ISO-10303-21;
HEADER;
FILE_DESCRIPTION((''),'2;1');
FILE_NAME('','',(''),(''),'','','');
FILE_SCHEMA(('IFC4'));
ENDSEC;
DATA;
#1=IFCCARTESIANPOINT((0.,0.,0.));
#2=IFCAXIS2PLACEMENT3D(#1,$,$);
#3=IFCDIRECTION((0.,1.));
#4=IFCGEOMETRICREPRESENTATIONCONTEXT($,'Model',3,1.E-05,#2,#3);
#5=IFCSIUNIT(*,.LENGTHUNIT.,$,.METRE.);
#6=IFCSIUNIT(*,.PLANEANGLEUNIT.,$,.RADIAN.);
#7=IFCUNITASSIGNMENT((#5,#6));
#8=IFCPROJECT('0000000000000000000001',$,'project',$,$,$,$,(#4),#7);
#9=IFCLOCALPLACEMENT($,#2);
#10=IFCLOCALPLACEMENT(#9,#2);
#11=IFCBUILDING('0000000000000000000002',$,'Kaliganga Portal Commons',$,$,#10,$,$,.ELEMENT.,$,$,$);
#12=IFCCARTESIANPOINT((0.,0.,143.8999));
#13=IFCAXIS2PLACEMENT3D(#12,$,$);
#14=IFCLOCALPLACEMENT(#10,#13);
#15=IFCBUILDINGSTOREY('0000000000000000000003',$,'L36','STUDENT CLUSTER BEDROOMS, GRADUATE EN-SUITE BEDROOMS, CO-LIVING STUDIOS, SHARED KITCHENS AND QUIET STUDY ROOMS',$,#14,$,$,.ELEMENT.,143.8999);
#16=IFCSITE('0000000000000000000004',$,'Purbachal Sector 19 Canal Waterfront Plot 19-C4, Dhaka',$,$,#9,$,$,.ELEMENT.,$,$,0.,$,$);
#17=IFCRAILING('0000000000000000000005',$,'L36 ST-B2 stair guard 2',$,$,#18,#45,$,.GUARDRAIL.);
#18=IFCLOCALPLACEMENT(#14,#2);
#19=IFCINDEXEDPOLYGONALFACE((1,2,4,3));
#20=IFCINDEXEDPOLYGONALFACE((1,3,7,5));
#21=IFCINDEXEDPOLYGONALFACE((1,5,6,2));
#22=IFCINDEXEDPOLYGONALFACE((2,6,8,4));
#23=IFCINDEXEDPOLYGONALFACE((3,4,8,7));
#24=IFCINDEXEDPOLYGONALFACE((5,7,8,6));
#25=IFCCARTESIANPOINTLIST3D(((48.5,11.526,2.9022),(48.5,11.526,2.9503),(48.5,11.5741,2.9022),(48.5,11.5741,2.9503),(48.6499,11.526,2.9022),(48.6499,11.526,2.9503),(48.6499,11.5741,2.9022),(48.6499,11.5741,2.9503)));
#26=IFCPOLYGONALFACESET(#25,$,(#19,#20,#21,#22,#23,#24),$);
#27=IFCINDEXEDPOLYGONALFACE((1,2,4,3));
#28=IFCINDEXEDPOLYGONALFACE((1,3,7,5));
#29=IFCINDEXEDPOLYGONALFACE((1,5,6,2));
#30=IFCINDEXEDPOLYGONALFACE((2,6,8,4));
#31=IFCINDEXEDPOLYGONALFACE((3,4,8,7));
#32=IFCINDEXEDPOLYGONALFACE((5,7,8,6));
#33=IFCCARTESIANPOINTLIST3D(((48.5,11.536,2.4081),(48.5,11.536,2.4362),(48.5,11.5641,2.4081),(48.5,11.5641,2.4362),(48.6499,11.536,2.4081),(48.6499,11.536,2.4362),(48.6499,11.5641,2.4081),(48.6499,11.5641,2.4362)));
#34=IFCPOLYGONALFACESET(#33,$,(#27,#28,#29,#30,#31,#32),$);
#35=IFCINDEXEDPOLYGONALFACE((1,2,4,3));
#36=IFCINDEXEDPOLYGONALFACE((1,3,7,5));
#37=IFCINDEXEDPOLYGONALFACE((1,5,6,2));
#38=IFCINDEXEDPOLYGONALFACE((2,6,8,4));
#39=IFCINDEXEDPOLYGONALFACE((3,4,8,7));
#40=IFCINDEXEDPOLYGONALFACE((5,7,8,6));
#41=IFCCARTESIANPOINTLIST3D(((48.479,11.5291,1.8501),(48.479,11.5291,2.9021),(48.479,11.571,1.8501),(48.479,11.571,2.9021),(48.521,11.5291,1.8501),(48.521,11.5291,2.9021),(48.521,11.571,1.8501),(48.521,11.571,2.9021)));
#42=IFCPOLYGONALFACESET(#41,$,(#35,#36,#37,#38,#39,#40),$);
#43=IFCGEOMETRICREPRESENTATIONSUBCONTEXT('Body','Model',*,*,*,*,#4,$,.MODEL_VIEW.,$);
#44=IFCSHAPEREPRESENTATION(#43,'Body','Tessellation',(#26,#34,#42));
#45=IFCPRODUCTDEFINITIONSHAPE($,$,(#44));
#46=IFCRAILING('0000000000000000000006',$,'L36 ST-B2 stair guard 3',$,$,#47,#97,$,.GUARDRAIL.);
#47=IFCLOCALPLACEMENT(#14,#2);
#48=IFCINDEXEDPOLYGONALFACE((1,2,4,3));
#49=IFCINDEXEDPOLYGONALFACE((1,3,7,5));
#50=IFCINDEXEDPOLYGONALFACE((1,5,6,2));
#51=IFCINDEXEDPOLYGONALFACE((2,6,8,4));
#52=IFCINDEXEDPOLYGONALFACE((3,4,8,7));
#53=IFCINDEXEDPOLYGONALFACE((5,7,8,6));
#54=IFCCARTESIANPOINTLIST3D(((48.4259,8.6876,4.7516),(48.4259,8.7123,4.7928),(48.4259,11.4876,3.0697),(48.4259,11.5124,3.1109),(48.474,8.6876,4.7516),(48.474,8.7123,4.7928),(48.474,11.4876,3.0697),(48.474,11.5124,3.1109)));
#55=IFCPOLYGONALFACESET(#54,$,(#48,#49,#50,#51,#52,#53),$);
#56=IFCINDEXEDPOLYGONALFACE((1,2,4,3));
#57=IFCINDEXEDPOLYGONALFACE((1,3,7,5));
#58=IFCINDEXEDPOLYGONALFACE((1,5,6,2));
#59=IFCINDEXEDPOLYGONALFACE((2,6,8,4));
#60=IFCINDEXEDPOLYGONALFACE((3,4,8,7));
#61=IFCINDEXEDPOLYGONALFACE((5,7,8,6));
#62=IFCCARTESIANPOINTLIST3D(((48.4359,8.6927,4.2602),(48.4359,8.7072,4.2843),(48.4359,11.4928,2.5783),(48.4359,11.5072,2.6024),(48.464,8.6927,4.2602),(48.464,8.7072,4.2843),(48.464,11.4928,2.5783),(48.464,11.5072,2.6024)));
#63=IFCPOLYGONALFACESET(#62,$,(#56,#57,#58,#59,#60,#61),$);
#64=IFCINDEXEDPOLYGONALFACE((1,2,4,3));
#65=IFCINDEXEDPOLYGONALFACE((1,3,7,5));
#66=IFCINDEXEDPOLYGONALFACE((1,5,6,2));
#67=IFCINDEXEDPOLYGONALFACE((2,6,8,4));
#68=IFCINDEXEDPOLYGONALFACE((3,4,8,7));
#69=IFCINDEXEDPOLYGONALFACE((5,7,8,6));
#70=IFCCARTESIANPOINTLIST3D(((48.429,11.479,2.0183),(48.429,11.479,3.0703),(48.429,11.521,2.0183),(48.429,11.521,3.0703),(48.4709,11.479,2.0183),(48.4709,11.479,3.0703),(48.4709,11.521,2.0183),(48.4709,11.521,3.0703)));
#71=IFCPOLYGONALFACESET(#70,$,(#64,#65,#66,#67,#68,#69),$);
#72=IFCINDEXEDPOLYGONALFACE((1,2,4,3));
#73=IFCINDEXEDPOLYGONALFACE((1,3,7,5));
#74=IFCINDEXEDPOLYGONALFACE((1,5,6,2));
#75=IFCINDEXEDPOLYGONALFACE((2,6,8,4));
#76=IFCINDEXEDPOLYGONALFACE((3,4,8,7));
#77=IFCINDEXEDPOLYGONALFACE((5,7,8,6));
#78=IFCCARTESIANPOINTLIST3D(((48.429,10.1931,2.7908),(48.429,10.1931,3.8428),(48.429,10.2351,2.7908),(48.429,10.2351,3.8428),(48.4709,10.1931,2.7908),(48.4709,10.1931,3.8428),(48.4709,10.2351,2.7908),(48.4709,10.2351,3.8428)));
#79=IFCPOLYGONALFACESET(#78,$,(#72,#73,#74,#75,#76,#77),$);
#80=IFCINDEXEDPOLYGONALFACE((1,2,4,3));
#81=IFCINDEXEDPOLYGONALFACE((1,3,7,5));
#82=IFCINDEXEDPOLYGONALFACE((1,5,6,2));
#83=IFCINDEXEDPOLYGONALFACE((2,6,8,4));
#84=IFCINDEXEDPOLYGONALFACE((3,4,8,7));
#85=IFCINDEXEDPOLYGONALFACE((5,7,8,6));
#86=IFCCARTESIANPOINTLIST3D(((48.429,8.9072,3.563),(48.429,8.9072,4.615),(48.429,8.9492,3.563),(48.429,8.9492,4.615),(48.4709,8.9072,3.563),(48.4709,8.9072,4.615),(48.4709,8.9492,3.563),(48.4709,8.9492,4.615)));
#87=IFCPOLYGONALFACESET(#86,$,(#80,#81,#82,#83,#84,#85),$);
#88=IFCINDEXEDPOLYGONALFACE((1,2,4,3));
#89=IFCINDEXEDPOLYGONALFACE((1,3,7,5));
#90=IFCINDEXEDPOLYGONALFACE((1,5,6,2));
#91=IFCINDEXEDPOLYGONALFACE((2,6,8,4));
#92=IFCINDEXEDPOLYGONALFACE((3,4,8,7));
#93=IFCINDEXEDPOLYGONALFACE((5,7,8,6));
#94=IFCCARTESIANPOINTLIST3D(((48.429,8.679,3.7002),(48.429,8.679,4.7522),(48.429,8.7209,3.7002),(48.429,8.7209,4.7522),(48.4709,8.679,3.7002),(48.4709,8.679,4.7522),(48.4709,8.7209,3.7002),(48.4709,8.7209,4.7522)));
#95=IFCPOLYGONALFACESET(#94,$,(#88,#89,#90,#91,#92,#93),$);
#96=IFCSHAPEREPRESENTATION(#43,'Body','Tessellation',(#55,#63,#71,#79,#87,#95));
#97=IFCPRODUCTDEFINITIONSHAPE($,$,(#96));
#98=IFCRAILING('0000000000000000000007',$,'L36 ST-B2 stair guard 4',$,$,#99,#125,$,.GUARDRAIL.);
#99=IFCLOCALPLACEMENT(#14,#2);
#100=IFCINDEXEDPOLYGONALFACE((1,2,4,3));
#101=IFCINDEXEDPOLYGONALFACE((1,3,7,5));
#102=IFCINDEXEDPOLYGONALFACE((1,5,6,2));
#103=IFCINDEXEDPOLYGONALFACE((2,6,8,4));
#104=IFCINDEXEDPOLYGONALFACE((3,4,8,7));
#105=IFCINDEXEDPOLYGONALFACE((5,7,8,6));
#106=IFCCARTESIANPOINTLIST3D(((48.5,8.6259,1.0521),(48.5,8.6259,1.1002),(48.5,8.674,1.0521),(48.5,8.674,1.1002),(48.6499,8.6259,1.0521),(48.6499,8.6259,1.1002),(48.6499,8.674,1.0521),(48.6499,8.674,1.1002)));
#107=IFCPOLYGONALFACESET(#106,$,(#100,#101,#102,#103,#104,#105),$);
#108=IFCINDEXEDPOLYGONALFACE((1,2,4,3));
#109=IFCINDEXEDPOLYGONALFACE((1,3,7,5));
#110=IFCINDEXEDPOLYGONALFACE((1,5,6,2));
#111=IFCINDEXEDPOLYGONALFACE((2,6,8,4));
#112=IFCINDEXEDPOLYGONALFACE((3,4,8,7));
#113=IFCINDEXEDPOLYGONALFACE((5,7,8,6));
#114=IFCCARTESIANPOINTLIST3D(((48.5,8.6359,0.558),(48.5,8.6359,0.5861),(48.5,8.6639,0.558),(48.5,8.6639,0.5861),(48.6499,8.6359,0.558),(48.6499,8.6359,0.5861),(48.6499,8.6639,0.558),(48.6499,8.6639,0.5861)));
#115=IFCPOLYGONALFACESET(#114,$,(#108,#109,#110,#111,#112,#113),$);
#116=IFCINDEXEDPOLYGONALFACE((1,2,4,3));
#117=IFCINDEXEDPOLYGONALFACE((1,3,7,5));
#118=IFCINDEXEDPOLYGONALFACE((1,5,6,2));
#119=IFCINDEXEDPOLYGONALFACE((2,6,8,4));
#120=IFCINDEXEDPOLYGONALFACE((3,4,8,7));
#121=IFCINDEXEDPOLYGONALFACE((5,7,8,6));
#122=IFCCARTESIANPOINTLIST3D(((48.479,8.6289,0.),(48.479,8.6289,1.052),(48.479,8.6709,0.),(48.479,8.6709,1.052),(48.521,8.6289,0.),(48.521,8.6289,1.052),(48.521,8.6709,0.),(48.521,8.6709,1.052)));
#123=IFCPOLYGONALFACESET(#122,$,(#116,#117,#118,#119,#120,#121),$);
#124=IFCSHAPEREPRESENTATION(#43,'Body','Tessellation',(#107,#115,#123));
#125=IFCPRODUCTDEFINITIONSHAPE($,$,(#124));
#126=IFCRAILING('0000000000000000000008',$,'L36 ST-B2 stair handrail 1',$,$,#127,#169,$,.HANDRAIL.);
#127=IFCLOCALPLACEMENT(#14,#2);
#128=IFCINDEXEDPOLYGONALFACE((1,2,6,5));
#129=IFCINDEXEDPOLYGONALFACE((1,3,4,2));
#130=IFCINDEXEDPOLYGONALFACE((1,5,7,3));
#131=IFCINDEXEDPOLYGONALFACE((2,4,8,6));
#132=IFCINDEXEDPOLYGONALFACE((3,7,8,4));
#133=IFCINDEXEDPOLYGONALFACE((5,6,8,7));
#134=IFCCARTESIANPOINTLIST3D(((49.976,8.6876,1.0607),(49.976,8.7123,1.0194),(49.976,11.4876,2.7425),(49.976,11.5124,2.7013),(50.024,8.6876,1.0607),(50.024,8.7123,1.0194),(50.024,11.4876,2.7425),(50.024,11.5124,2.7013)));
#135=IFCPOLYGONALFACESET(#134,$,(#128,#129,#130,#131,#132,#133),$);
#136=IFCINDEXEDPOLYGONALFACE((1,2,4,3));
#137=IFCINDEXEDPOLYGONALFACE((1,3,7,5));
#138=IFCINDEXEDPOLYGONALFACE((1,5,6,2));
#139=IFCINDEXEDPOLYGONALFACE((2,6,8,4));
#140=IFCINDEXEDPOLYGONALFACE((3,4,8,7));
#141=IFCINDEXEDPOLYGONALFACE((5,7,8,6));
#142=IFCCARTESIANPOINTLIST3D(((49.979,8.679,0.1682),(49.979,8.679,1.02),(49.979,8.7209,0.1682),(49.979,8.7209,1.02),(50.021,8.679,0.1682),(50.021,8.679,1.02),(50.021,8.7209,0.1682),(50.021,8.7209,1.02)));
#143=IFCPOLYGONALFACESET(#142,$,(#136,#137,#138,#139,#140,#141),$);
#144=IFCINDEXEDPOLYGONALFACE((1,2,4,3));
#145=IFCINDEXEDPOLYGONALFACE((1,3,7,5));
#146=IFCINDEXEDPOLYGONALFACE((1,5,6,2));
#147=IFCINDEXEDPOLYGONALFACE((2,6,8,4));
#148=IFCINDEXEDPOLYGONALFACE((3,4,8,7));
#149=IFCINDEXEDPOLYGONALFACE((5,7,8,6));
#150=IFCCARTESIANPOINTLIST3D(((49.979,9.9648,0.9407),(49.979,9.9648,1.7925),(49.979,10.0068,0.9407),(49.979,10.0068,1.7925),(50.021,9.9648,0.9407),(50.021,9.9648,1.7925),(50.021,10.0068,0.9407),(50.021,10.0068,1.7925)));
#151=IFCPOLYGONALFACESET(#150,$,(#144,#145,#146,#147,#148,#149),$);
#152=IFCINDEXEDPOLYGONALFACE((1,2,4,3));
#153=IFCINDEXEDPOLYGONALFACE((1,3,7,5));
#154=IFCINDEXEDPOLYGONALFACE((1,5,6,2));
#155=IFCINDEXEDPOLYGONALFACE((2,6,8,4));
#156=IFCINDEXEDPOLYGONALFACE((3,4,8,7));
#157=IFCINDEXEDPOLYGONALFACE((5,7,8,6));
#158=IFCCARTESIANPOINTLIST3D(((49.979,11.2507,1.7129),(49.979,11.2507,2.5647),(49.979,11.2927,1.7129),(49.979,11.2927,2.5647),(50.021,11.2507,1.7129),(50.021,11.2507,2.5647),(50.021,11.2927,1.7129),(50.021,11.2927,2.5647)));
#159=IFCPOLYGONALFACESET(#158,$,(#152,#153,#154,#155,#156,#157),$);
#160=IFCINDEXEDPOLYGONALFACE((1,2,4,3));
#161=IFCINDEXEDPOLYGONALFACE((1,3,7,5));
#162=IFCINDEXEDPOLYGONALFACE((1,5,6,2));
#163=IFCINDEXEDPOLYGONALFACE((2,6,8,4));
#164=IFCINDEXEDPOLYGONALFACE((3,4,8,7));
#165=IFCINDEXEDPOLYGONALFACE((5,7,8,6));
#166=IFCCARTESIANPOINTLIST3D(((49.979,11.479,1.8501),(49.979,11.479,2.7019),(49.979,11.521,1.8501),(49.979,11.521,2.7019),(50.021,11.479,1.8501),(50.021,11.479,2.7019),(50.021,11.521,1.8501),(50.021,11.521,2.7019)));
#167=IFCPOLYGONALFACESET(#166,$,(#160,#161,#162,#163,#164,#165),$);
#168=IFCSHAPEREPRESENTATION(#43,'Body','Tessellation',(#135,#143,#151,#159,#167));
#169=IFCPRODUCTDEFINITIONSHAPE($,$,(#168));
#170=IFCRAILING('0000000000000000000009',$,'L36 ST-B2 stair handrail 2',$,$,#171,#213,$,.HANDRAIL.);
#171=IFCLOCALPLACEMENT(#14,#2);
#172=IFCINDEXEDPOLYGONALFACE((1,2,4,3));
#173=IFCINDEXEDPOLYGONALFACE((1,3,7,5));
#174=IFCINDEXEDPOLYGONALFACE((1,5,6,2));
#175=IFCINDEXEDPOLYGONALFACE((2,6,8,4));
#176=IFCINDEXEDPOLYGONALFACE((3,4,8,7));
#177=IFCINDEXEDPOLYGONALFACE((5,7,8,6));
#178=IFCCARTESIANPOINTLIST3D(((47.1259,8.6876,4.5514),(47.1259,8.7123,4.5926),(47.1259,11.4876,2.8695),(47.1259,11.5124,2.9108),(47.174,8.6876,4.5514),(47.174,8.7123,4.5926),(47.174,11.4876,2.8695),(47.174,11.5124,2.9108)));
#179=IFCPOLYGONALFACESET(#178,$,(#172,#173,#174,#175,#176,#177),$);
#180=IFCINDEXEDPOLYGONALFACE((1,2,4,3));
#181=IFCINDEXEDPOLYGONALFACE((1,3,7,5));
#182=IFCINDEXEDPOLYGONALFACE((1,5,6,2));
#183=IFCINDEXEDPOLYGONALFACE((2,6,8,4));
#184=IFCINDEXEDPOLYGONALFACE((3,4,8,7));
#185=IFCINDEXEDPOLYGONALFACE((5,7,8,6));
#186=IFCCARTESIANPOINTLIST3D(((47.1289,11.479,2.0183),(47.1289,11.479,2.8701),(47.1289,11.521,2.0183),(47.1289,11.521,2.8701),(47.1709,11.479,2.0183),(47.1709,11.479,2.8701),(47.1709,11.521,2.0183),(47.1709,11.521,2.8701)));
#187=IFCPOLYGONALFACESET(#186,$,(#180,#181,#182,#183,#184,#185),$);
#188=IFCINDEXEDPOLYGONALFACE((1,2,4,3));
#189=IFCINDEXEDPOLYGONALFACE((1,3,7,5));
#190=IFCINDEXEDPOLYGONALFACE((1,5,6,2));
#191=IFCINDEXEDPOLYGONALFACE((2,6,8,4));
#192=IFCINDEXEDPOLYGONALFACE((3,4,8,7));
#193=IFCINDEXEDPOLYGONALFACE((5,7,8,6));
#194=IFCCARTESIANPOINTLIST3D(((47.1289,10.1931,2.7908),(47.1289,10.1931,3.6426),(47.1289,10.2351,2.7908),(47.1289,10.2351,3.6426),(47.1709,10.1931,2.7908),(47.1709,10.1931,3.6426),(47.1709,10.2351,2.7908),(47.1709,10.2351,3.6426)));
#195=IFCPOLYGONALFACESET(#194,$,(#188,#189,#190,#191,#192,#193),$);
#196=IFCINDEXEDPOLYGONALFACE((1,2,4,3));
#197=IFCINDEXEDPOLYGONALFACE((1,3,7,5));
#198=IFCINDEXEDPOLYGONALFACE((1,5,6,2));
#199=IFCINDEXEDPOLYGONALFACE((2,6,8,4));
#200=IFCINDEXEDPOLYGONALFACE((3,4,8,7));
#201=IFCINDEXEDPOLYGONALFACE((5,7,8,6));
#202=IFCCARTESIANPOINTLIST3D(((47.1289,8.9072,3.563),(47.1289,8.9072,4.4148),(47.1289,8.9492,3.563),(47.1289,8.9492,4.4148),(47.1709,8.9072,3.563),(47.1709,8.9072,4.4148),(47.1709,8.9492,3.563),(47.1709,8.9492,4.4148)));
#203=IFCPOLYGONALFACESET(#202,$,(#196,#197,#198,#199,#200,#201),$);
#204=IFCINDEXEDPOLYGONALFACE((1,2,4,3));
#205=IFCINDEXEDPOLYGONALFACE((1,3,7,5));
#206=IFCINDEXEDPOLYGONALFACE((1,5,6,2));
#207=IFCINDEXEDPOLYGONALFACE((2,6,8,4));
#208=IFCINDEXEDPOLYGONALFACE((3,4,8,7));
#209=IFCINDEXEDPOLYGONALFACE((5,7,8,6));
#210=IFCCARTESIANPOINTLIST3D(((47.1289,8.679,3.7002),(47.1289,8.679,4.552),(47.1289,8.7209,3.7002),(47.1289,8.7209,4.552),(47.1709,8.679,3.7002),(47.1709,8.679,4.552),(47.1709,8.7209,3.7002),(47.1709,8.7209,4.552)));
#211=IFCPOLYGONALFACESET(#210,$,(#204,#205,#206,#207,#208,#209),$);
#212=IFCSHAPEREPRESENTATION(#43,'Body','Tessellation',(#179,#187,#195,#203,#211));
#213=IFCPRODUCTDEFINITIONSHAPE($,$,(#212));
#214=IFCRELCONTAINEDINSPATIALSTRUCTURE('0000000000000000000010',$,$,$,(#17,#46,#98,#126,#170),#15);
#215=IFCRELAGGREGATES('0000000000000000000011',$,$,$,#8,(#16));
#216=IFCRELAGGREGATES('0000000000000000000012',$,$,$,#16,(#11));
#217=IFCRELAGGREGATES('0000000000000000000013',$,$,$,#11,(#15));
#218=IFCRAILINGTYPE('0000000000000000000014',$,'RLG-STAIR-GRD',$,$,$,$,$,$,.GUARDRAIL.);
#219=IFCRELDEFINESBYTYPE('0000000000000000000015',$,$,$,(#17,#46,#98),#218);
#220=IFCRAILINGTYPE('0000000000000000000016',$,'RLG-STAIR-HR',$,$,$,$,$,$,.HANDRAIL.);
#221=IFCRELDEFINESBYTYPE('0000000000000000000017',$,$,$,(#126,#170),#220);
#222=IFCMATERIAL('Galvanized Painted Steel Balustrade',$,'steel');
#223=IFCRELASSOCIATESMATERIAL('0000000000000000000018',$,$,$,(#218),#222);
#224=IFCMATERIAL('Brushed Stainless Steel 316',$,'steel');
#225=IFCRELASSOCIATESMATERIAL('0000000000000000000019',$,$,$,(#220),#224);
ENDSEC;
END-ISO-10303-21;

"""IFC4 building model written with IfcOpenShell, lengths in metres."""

from ifc_helpers import new_model, si_unit, direction, frame, origin, origin_2d, place, context, subcontext, project, spatial, rectangle, extrude, material, type_object, element, save


model = new_model("IFC4")

# Units and contexts
model_context = context("Model", 3, precision=1e-05, world=origin(), true_north=direction((0.0, 1.0)))
body_context = subcontext(model_context, "Body", "Model", "MODEL_VIEW")
ifc_project = project(units=[si_unit("LENGTHUNIT", "METRE"), si_unit("PLANEANGLEUNIT", "RADIAN")], contexts=[model_context])

# Site, building, storey
site_placement = place(None, origin())
site = spatial("IfcSite", under=ifc_project, at=site_placement, Name="Purbachal Sector 19 Canal Waterfront Plot 19-C4, Dhaka", CompositionType="ELEMENT", RefElevation=0.0)
building_placement = place(site_placement, origin())
building = spatial("IfcBuilding", under=site, at=building_placement, Name="Kaliganga Portal Commons", CompositionType="ELEMENT")
storey_placement = place(building_placement, frame((0.0, 0.0, 143.8999)))
storey = spatial("IfcBuildingStorey", under=building, at=storey_placement, Name="L36", Description="STUDENT CLUSTER BEDROOMS, GRADUATE EN-SUITE BEDROOMS, CO-LIVING STUDIOS, SHARED KITCHENS AND QUIET STUDY ROOMS", CompositionType="ELEMENT", Elevation=143.8999)

# Railings
ifc_material_1 = material(Name="Galvanized Painted Steel Balustrade", Category="steel")
railing_type_1 = type_object("IfcRailingType", Name="RLG-STAIR-GRD", PredefinedType="GUARDRAIL", material=ifc_material_1)
railing_1_placement = place(storey_placement, frame((48.6499, 11.55, 1.8501)))
element("IfcRailing", 1, at=railing_1_placement, inside=storey, type_object=railing_type_1, Name="L36 ST-B2 stair guard 2", PredefinedType="GUARDRAIL", context=body_context, shape_type="SweptSolid", body=[
    extrude(rectangle(XDim=0.0481, YDim=0.0481, at=origin_2d()), frame((0.0, 0.0, 1.0762), z_axis=(-1.0, 0.0, 0.0), x_axis=(0.0, -1.0, 0.0)), (0.0, 0.0, 1.0), 0.1499),
    extrude(rectangle(XDim=0.0281, YDim=0.0281, at=origin_2d()), frame((0.0, 0.0, 0.572), z_axis=(-1.0, 0.0, 0.0), x_axis=(0.0, -1.0, 0.0)), (0.0, 0.0, 1.0), 0.1499),
    extrude(rectangle(XDim=0.042, YDim=0.042, at=origin_2d()), frame((-0.1499, 0.0, 0.0)), (0.0, 0.0, 1.0), 1.052),
])
railing_2_placement = place(storey_placement, frame((48.45, 11.5, 2.0183)))
element("IfcRailing", 2, at=railing_2_placement, inside=storey, type_object=railing_type_1, Name="L36 ST-B2 stair guard 3", PredefinedType="GUARDRAIL", context=body_context, shape_type="SweptSolid", body=[
    extrude(rectangle(XDim=0.0481, YDim=0.0481, at=origin_2d()), frame((0.0, 0.0, 1.072), z_axis=(0.0, -0.857242, 0.514913), x_axis=(1.0, 0.0, 0.0)), (0.0, 0.0, 1.0), 3.2664),
    extrude(rectangle(XDim=0.0281, YDim=0.0281, at=origin_2d()), frame((0.0, 0.0, 0.572), z_axis=(0.0, -0.857242, 0.514913), x_axis=(1.0, 0.0, 0.0)), (0.0, 0.0, 1.0), 3.2664),
    extrude(rectangle(XDim=0.042, YDim=0.042, at=origin_2d()), origin(), (0.0, 0.0, 1.0), 1.052),
    extrude(rectangle(XDim=0.042, YDim=0.042, at=origin_2d()), frame((0.0, -1.2859, 0.7725)), (0.0, 0.0, 1.0), 1.052),
    extrude(rectangle(XDim=0.042, YDim=0.042, at=origin_2d()), frame((0.0, -2.5718, 1.5447)), (0.0, 0.0, 1.0), 1.052),
    extrude(rectangle(XDim=0.042, YDim=0.042, at=origin_2d()), frame((0.0, -2.8, 1.6819)), (0.0, 0.0, 1.0), 1.052),
])
railing_3_placement = place(storey_placement, frame((48.6499, 8.6499, 0.0)))
element("IfcRailing", 3, at=railing_3_placement, inside=storey, type_object=railing_type_1, Name="L36 ST-B2 stair guard 4", PredefinedType="GUARDRAIL", context=body_context, shape_type="SweptSolid", body=[
    extrude(rectangle(XDim=0.0481, YDim=0.0481, at=origin_2d()), frame((0.0, 0.0, 1.0762), z_axis=(-1.0, 0.0, 0.0), x_axis=(0.0, -1.0, 0.0)), (0.0, 0.0, 1.0), 0.1499),
    extrude(rectangle(XDim=0.0281, YDim=0.0281, at=origin_2d()), frame((0.0, 0.0, 0.572), z_axis=(-1.0, 0.0, 0.0), x_axis=(0.0, -1.0, 0.0)), (0.0, 0.0, 1.0), 0.1499),
    extrude(rectangle(XDim=0.042, YDim=0.042, at=origin_2d()), frame((-0.1499, 0.0, 0.0)), (0.0, 0.0, 1.0), 1.052),
])
ifc_material_2 = material(Name="Brushed Stainless Steel 316", Category="steel")
railing_type_2 = type_object("IfcRailingType", Name="RLG-STAIR-HR", PredefinedType="HANDRAIL", material=ifc_material_2)
railing_4_placement = place(storey_placement, frame((50.0, 8.7, 0.1682)))
element("IfcRailing", 4, at=railing_4_placement, inside=storey, type_object=railing_type_2, Name="L36 ST-B2 stair handrail 1", PredefinedType="HANDRAIL", context=body_context, shape_type="SweptSolid", body=[
    extrude(rectangle(XDim=0.0481, YDim=0.0481, at=origin_2d()), frame((0.0, 0.0, 0.8718), z_axis=(0.0, 0.857242, 0.514913), x_axis=(-1.0, 0.0, 0.0)), (0.0, 0.0, 1.0), 3.2664),
    extrude(rectangle(XDim=0.042, YDim=0.042, at=origin_2d()), origin(), (0.0, 0.0, 1.0), 0.8518),
    extrude(rectangle(XDim=0.042, YDim=0.042, at=origin_2d()), frame((0.0, 1.2859, 0.7725)), (0.0, 0.0, 1.0), 0.8518),
    extrude(rectangle(XDim=0.042, YDim=0.042, at=origin_2d()), frame((0.0, 2.5718, 1.5447)), (0.0, 0.0, 1.0), 0.8518),
    extrude(rectangle(XDim=0.042, YDim=0.042, at=origin_2d()), frame((0.0, 2.8, 1.6819)), (0.0, 0.0, 1.0), 0.8518),
])
railing_5_placement = place(storey_placement, frame((47.1499, 11.5, 2.0183)))
element("IfcRailing", 5, at=railing_5_placement, inside=storey, type_object=railing_type_2, Name="L36 ST-B2 stair handrail 2", PredefinedType="HANDRAIL", context=body_context, shape_type="SweptSolid", body=[
    extrude(rectangle(XDim=0.0481, YDim=0.0481, at=origin_2d()), frame((0.0, 0.0, 0.8718), z_axis=(0.0, -0.857242, 0.514913), x_axis=(1.0, 0.0, 0.0)), (0.0, 0.0, 1.0), 3.2664),
    extrude(rectangle(XDim=0.042, YDim=0.042, at=origin_2d()), origin(), (0.0, 0.0, 1.0), 0.8518),
    extrude(rectangle(XDim=0.042, YDim=0.042, at=origin_2d()), frame((0.0, -1.2859, 0.7725)), (0.0, 0.0, 1.0), 0.8518),
    extrude(rectangle(XDim=0.042, YDim=0.042, at=origin_2d()), frame((0.0, -2.5718, 1.5447)), (0.0, 0.0, 1.0), 0.8518),
    extrude(rectangle(XDim=0.042, YDim=0.042, at=origin_2d()), frame((0.0, -2.8, 1.6819)), (0.0, 0.0, 1.0), 0.8518),
])

save(model, "model.ifc")
